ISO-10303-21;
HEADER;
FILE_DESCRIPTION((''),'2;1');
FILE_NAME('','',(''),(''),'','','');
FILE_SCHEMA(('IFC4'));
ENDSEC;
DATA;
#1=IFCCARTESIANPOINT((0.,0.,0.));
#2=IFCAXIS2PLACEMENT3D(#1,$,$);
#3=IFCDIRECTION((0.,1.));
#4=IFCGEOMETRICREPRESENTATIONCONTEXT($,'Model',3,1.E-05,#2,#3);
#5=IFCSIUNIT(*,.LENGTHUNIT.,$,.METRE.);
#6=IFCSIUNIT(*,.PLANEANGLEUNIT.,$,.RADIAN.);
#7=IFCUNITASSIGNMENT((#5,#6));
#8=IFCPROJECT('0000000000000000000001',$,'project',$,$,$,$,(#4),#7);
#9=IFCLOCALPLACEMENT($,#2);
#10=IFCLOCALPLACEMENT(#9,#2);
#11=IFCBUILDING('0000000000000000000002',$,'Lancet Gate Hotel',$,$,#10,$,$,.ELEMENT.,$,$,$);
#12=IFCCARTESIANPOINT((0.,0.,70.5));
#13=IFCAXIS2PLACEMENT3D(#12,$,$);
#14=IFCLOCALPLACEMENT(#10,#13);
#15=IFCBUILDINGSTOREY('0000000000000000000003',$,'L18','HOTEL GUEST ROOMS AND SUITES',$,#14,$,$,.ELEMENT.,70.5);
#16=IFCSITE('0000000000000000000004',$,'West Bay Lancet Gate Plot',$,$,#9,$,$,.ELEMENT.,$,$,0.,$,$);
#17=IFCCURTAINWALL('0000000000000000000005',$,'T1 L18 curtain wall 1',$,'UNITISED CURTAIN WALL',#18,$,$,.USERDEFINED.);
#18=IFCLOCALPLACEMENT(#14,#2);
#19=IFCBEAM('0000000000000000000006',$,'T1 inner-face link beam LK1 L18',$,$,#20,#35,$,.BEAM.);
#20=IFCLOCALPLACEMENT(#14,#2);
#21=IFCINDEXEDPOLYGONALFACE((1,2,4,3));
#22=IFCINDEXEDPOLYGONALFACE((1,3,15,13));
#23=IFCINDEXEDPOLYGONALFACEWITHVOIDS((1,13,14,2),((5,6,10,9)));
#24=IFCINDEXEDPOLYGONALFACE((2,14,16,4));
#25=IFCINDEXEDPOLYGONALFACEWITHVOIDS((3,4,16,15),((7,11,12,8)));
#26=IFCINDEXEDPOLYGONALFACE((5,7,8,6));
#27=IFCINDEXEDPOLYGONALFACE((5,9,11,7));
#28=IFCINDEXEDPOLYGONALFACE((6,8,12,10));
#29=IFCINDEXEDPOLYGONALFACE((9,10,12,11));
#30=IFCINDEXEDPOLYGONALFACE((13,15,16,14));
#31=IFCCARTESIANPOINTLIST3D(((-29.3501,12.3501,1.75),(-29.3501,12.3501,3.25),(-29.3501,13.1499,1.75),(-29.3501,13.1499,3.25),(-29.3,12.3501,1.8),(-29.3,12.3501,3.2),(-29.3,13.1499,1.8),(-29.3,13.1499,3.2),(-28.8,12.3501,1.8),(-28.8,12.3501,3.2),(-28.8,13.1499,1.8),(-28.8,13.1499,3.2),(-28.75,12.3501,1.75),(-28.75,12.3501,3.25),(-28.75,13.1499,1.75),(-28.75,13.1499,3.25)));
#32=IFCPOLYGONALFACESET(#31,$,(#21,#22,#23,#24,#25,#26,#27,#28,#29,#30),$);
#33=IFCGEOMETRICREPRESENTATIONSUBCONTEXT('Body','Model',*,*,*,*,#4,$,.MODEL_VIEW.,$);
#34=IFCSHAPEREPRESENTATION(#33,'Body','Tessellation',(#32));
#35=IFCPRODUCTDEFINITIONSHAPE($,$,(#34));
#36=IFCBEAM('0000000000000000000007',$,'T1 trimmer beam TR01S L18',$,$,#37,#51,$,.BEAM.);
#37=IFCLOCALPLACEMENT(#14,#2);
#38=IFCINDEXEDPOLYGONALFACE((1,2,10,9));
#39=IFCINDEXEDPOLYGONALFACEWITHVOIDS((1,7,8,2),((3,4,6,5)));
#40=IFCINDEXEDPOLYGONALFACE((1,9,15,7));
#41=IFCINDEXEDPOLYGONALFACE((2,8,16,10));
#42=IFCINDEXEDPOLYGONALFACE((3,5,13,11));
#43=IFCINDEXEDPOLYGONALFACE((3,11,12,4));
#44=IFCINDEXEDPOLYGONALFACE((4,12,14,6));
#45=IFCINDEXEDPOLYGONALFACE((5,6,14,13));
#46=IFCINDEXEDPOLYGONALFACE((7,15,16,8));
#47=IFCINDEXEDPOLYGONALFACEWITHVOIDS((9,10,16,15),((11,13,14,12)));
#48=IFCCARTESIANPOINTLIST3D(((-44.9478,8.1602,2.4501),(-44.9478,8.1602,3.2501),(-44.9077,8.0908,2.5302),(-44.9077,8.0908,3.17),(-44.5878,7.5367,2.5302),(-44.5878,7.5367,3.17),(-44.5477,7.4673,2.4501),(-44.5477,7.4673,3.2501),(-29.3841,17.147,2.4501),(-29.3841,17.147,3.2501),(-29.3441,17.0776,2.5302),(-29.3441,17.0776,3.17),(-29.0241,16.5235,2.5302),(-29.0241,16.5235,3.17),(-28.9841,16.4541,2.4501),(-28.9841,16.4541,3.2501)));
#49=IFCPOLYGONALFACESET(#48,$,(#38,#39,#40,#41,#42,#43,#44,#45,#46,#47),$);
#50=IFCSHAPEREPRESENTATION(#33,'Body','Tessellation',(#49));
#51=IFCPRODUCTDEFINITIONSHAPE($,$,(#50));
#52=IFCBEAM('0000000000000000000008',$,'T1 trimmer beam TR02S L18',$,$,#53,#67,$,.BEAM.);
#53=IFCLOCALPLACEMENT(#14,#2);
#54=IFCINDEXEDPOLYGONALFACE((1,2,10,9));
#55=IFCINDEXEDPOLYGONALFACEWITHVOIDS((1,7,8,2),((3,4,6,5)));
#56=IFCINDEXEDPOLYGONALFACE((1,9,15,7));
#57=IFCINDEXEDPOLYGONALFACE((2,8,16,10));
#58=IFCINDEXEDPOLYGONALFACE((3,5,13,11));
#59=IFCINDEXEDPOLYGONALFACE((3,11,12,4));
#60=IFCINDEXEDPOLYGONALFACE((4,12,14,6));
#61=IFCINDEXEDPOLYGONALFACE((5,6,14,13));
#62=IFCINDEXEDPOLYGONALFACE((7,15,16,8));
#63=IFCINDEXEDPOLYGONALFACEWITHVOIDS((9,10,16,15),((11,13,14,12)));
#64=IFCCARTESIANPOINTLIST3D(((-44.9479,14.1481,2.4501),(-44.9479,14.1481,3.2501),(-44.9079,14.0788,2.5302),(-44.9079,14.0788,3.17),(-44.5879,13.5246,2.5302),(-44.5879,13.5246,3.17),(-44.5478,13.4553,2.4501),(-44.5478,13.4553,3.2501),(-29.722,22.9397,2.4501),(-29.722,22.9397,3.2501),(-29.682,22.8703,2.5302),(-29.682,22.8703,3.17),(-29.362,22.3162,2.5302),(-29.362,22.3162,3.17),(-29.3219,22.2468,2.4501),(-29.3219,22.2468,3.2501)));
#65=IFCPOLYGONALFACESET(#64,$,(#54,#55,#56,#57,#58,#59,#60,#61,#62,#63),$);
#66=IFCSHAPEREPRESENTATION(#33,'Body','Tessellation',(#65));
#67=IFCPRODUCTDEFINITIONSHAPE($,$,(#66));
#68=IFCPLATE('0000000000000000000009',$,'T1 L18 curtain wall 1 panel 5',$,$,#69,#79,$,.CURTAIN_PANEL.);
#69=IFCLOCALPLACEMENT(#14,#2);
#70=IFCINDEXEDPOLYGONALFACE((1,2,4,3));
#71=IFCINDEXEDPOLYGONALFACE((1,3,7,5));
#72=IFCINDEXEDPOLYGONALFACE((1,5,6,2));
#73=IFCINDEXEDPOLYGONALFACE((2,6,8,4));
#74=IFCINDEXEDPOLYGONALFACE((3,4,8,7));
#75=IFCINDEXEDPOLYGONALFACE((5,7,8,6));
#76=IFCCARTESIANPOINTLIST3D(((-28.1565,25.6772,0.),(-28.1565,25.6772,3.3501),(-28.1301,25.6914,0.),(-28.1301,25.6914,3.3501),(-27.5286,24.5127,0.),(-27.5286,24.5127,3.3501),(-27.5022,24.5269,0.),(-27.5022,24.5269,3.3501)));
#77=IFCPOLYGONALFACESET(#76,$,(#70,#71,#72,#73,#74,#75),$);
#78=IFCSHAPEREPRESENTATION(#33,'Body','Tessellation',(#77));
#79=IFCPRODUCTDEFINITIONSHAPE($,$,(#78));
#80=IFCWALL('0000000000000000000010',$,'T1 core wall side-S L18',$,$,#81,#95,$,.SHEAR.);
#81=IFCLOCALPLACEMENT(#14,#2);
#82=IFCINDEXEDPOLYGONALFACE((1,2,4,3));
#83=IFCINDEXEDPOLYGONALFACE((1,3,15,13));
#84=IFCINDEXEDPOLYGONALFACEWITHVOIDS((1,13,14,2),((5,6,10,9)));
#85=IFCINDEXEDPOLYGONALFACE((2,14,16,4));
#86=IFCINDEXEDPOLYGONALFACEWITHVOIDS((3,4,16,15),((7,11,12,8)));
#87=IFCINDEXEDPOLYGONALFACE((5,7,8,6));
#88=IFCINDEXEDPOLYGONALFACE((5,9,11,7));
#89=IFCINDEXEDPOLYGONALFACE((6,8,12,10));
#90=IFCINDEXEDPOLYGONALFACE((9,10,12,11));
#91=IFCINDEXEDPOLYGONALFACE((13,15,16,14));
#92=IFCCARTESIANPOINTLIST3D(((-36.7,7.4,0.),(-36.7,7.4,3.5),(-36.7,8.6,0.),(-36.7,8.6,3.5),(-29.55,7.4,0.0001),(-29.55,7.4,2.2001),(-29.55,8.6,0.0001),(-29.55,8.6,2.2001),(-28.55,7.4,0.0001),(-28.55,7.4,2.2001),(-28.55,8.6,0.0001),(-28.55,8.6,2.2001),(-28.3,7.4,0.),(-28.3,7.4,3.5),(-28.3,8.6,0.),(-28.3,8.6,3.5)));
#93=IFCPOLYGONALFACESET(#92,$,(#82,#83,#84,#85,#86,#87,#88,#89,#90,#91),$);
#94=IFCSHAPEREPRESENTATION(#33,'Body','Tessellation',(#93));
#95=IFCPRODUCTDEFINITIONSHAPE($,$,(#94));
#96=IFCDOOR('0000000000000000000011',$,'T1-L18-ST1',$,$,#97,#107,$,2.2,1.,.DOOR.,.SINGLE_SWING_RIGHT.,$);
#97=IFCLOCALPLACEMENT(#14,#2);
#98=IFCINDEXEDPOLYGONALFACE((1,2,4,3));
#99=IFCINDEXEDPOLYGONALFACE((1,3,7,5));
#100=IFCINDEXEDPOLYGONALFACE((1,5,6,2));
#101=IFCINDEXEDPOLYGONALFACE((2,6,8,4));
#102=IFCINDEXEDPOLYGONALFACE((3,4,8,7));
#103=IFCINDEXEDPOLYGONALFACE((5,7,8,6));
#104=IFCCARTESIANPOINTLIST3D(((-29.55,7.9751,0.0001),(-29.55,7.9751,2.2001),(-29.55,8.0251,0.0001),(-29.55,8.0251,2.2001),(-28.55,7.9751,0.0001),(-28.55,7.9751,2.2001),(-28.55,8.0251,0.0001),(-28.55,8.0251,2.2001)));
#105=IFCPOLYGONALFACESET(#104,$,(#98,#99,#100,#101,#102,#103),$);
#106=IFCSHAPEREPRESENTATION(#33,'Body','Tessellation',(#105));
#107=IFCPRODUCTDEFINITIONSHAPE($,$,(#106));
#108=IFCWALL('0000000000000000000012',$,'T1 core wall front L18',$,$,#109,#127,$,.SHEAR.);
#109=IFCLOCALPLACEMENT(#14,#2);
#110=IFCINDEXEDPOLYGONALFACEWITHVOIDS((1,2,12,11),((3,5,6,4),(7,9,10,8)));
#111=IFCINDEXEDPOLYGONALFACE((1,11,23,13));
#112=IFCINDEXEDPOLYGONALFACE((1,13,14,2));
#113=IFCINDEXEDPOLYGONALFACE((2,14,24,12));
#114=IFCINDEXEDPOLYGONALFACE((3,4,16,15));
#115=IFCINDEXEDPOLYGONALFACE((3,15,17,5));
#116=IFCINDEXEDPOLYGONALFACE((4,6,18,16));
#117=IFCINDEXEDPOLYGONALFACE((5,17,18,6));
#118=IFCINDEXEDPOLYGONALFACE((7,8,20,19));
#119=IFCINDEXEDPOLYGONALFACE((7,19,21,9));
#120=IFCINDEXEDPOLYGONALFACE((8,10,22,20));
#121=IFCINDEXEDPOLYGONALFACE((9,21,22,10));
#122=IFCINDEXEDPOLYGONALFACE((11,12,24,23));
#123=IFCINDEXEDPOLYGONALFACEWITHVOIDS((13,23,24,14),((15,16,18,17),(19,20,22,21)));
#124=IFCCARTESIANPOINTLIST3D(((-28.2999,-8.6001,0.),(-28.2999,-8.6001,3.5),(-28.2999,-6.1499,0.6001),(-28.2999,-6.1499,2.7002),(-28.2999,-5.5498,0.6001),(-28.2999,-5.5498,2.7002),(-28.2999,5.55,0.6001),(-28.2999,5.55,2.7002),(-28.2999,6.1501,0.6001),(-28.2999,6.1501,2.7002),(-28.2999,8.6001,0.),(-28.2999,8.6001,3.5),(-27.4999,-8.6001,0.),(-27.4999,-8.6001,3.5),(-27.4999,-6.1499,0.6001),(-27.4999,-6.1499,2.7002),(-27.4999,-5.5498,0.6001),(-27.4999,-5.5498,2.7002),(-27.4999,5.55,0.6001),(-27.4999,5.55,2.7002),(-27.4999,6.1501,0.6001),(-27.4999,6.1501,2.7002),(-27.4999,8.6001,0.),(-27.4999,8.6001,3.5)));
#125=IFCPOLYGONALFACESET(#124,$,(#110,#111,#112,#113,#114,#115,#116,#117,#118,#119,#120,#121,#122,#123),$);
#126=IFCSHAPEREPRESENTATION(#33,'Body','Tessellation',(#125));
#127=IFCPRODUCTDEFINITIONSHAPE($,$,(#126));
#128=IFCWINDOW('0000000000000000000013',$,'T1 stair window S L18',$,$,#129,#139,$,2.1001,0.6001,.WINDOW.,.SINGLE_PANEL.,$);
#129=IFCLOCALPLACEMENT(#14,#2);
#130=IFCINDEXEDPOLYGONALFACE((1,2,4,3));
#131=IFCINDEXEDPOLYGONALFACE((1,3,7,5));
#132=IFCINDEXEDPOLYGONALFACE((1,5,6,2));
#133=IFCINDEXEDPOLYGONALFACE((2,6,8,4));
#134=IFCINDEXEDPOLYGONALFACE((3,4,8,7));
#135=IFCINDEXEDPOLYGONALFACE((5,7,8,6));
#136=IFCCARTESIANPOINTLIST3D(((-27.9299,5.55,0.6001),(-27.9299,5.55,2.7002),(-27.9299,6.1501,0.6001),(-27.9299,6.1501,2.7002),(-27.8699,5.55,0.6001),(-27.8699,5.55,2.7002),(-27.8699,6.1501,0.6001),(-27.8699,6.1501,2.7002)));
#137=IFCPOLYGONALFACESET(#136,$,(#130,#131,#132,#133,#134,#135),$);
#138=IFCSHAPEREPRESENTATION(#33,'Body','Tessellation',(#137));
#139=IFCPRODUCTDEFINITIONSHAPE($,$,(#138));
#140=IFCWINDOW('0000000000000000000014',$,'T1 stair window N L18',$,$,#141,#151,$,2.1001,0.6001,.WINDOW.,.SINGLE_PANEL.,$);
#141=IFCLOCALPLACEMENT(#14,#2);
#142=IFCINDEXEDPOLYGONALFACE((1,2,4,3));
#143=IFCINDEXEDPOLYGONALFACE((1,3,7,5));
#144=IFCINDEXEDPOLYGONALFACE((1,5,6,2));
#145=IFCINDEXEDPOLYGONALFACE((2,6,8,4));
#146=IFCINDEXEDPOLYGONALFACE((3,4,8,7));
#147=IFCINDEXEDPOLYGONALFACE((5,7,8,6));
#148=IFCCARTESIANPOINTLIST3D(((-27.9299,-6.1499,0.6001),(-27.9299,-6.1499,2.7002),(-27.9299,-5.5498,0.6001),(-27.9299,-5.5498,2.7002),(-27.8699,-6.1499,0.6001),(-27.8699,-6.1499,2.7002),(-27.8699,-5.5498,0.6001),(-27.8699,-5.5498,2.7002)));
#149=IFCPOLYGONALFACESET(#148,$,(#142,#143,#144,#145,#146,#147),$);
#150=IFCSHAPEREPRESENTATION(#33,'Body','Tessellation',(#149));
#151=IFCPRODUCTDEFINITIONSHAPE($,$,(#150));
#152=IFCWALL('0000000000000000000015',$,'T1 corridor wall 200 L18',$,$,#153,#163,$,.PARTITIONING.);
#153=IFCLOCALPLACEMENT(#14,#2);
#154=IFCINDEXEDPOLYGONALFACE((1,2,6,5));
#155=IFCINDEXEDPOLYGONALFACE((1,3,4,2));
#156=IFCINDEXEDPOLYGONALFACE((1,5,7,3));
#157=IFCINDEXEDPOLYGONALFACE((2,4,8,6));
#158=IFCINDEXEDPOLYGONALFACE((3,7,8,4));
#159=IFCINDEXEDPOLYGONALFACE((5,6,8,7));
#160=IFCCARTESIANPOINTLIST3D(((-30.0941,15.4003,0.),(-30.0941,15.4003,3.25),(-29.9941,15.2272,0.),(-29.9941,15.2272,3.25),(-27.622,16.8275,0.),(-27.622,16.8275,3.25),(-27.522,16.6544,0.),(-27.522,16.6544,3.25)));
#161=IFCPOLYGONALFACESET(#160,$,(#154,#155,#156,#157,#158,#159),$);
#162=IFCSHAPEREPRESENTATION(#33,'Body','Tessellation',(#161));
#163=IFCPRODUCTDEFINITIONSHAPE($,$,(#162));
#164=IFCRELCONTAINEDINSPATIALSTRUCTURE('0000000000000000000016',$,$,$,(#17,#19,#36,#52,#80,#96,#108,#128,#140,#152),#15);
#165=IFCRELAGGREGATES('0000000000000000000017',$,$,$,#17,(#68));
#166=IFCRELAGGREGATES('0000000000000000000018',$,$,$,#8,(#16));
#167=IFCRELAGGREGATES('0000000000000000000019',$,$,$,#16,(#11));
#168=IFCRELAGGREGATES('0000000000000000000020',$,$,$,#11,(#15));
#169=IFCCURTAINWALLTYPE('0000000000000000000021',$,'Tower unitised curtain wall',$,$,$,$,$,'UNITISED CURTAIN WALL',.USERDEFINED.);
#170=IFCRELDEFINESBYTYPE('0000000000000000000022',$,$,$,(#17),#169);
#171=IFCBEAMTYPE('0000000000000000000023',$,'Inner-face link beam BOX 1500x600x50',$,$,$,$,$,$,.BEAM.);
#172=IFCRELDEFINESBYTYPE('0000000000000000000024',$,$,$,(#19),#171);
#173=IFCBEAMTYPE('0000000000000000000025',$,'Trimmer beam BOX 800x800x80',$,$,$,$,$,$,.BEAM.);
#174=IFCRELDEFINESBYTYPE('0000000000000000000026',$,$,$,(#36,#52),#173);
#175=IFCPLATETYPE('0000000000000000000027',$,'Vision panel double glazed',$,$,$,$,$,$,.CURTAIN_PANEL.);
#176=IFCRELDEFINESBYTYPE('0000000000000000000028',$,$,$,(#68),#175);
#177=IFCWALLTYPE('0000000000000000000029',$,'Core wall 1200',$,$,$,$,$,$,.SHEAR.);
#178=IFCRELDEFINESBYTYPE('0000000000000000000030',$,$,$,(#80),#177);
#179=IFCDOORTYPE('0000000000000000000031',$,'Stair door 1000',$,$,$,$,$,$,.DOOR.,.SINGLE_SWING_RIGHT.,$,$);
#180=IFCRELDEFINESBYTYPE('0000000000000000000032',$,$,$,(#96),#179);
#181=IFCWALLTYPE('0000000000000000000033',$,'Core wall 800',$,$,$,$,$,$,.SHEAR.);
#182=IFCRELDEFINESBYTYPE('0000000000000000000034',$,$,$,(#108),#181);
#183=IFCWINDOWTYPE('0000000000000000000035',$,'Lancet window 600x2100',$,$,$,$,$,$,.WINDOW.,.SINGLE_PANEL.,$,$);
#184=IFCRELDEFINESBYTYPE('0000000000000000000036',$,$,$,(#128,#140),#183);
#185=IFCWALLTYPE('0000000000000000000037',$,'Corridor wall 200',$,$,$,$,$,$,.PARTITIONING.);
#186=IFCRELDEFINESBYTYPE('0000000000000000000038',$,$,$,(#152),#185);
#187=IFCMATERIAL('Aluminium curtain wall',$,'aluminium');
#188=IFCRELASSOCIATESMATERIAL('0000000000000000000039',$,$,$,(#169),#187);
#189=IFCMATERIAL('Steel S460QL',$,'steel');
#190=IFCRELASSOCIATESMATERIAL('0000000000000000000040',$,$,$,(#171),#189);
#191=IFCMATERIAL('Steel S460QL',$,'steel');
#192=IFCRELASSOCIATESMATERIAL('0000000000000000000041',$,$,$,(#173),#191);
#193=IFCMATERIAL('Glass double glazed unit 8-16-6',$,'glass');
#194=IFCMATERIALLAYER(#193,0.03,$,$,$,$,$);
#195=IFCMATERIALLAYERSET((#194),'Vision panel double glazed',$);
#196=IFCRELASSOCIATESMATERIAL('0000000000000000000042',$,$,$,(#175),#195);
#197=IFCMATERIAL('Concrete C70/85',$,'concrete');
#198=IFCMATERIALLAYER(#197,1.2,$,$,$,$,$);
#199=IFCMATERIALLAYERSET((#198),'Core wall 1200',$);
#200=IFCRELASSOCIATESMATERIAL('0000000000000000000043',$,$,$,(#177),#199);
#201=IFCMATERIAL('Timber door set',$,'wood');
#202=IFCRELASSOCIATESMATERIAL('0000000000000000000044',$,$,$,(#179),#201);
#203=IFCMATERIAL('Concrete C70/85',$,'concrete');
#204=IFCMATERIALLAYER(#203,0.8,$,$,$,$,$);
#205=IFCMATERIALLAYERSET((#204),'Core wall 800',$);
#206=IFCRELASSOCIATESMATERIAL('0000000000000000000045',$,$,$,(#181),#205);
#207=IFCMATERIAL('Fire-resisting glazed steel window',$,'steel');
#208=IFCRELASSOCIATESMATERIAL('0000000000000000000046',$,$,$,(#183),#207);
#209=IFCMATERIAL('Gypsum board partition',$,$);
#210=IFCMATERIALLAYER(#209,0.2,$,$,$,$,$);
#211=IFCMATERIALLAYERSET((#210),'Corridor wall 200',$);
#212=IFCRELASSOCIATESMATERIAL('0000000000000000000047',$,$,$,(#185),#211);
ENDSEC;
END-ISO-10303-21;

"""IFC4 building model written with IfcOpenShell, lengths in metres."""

from ifc_helpers import new_model, si_unit, direction, frame, frame_2d, origin, origin_2d, place, context, subcontext, project, spatial, rectangle, hollow_rectangle, extrude, material, layer, layer_set, material_profile, profile_set, type_object, element, fill, aggregate, save


model = new_model("IFC4")

# Units and contexts
model_context = context("Model", 3, precision=1e-05, world=origin(), true_north=direction((0.0, 1.0)))
body_context = subcontext(model_context, "Body", "Model", "MODEL_VIEW")
ifc_project = project(units=[si_unit("LENGTHUNIT", "METRE"), si_unit("PLANEANGLEUNIT", "RADIAN")], contexts=[model_context])

# Site, building, storey
site_placement = place(None, origin())
site = spatial("IfcSite", under=ifc_project, at=site_placement, Name="West Bay Lancet Gate Plot", CompositionType="ELEMENT", RefElevation=0.0)
building_placement = place(site_placement, origin())
building = spatial("IfcBuilding", under=site, at=building_placement, Name="Lancet Gate Hotel", CompositionType="ELEMENT")
storey_placement = place(building_placement, frame((0.0, 0.0, 70.5)))
storey = spatial("IfcBuildingStorey", under=building, at=storey_placement, Name="L18", Description="HOTEL GUEST ROOMS AND SUITES", CompositionType="ELEMENT", Elevation=70.5)

# Curtain wall
ifc_material_1 = material(Name="Aluminium curtain wall", Category="aluminium")
curtain_wall_type = type_object("IfcCurtainWallType", Name="Tower unitised curtain wall", ElementType="UNITISED CURTAIN WALL", PredefinedType="USERDEFINED", material=ifc_material_1)
curtain_wall_placement = place(storey_placement, origin())
curtain_wall = element("IfcCurtainWall", 1, at=curtain_wall_placement, inside=storey, type_object=curtain_wall_type, Name="T1 L18 curtain wall 1", ObjectType="UNITISED CURTAIN WALL", PredefinedType="USERDEFINED")

# Beams
ifc_material_2 = material(Name="Steel S460QL", Category="steel")
ifc_material_profile_1 = material_profile(ifc_material_2, hollow_rectangle(XDim=0.6001, YDim=1.5, WallThickness=0.05, at=origin_2d()), Name="BOX 1500x600x50")
ifc_profile_set_1 = profile_set([ifc_material_profile_1], Name="Steel S460QL")
beam_type_1 = type_object("IfcBeamType", Name="Inner-face link beam BOX 1500x600x50", PredefinedType="BEAM", material=ifc_profile_set_1)
beam_1_placement = place(storey_placement, frame((-29.05, 13.1499, 2.5), z_axis=(0.0, -1.0, 0.0), x_axis=(1.0, 0.0, 0.0)))
element("IfcBeam", 2, at=beam_1_placement, inside=storey, type_object=beam_type_1, Name="T1 inner-face link beam LK1 L18", PredefinedType="BEAM", context=body_context, shape_type="SweptSolid", body=[
    extrude(hollow_rectangle(XDim=0.6001, YDim=1.5, WallThickness=0.05, at=origin_2d()), origin(), (0.0, 0.0, 1.0), 0.7998),
])
ifc_material_3 = material(Name="Steel S460QL", Category="steel")
ifc_material_profile_2 = material_profile(ifc_material_3, hollow_rectangle(XDim=0.8, YDim=0.8, WallThickness=0.0801, at=origin_2d()), Name="BOX 800x800x80")
ifc_profile_set_2 = profile_set([ifc_material_profile_2], Name="Steel S460QL")
beam_type_2 = type_object("IfcBeamType", Name="Trimmer beam BOX 800x800x80", PredefinedType="BEAM", material=ifc_profile_set_2)
beam_2_placement = place(storey_placement, frame((-29.1841, 16.8005, 2.8501), z_axis=(-0.865999, -0.500046, 0.0), x_axis=(0.500046, -0.865999, 0.0)))
element("IfcBeam", 3, at=beam_2_placement, inside=storey, type_object=beam_type_2, Name="T1 trimmer beam TR01S L18", PredefinedType="BEAM", context=body_context, shape_type="SweptSolid", body=[
    extrude(hollow_rectangle(XDim=0.8, YDim=0.8, WallThickness=0.0801, at=origin_2d()), origin(), (0.0, 0.0, 1.0), 17.9719),
])
beam_3_placement = place(storey_placement, frame((-29.522, 22.5933, 2.8501), z_axis=(-0.866004, -0.500037, 0.0), x_axis=(0.500037, -0.866004, 0.0)))
element("IfcBeam", 4, at=beam_3_placement, inside=storey, type_object=beam_type_2, Name="T1 trimmer beam TR02S L18", PredefinedType="BEAM", context=body_context, shape_type="SweptSolid", body=[
    extrude(hollow_rectangle(XDim=0.8, YDim=0.8, WallThickness=0.0801, at=origin_2d()), origin(), (0.0, 0.0, 1.0), 17.5818),
])

# Plate
ifc_material_4 = material(Name="Glass double glazed unit 8-16-6", Category="glass")
ifc_layer_1 = layer(ifc_material_4, 0.03)
ifc_layer_set_1 = layer_set([ifc_layer_1], Name="Vision panel double glazed")
plate_type = type_object("IfcPlateType", Name="Vision panel double glazed", PredefinedType="CURTAIN_PANEL", material=ifc_layer_set_1)
plate_placement = place(storey_placement, frame((-27.8293, 25.1021, 0.0), z_axis=(0.0, 0.0, 1.0), x_axis=(-0.474631, 0.880185, 0.0)))
plate = element("IfcPlate", 5, at=plate_placement, type_object=plate_type, Name="T1 L18 curtain wall 1 panel 5", PredefinedType="CURTAIN_PANEL", context=body_context, shape_type="SweptSolid", body=[
    extrude(rectangle(XDim=1.323, YDim=0.03, at=origin_2d()), origin(), (0.0, 0.0, 1.0), 3.3501),
])
aggregate(curtain_wall, [plate])

# Wall, opening, door
ifc_material_5 = material(Name="Concrete C70/85", Category="concrete")
ifc_layer_2 = layer(ifc_material_5, 1.2)
ifc_layer_set_2 = layer_set([ifc_layer_2], Name="Core wall 1200")
wall_type_1 = type_object("IfcWallType", Name="Core wall 1200", PredefinedType="SHEAR", material=ifc_layer_set_2)
wall_1_placement = place(storey_placement, frame((-28.3, 8.0, 0.0), z_axis=(0.0, 0.0, 1.0), x_axis=(-1.0, 0.0, 0.0)))
wall_1 = element("IfcWall", 6, at=wall_1_placement, inside=storey, type_object=wall_type_1, Name="T1 core wall side-S L18", PredefinedType="SHEAR", context=body_context, shape_type="SweptSolid", body=[
    extrude(rectangle(XDim=8.3999, YDim=1.2, at=frame_2d((4.2, 0.0))), origin(), (0.0, 0.0, 1.0), 3.5),
])
opening_1_placement = place(wall_1_placement, frame((0.25, 0.0, 0.0)))
opening_1 = element("IfcOpeningElement", 7, at=opening_1_placement, cuts=wall_1, PredefinedType="OPENING", context=body_context, shape_type="SweptSolid", body=[
    extrude(rectangle(XDim=1.0, YDim=2.2, at=frame_2d((0.5, 1.1001))), frame((0.0, 0.6099, 0.0), z_axis=(0.0, -1.0, 0.0), x_axis=(1.0, 0.0, 0.0)), (0.0, 0.0, 1.0), 1.22),
])
ifc_material_6 = material(Name="Timber door set", Category="wood")
door_type = type_object("IfcDoorType", Name="Stair door 1000", OperationType="SINGLE_SWING_RIGHT", PredefinedType="DOOR", material=ifc_material_6)
door_placement = place(opening_1_placement, origin())
door = element("IfcDoor", 8, at=door_placement, inside=storey, type_object=door_type, Name="T1-L18-ST1", OperationType="SINGLE_SWING_RIGHT", OverallHeight=2.2, OverallWidth=1.0, PredefinedType="DOOR", context=body_context, shape_type="SweptSolid", body=[
    extrude(rectangle(XDim=1.0, YDim=2.2, at=frame_2d((0.5, 1.1001))), frame((0.0, 0.0249, 0.0), z_axis=(0.0, -1.0, 0.0), x_axis=(1.0, 0.0, 0.0)), (0.0, 0.0, 1.0), 0.05),
])
fill(opening_1, door)

# Wall, openings, windows
ifc_material_7 = material(Name="Concrete C70/85", Category="concrete")
ifc_layer_3 = layer(ifc_material_7, 0.8)
ifc_layer_set_3 = layer_set([ifc_layer_3], Name="Core wall 800")
wall_type_2 = type_object("IfcWallType", Name="Core wall 800", PredefinedType="SHEAR", material=ifc_layer_set_3)
wall_2_placement = place(storey_placement, frame((-27.8999, 8.6001, 0.0), z_axis=(0.0, 0.0, 1.0), x_axis=(0.0, -1.0, 0.0)))
wall_2 = element("IfcWall", 9, at=wall_2_placement, inside=storey, type_object=wall_type_2, Name="T1 core wall front L18", PredefinedType="SHEAR", context=body_context, shape_type="SweptSolid", body=[
    extrude(rectangle(XDim=17.2002, YDim=0.8, at=frame_2d((8.6001, 0.0))), origin(), (0.0, 0.0, 1.0), 3.5),
])
opening_2_placement = place(wall_2_placement, frame((2.45, 0.0, 0.6001)))
opening_2 = element("IfcOpeningElement", 10, at=opening_2_placement, cuts=wall_2, PredefinedType="OPENING", context=body_context, shape_type="SweptSolid", body=[
    extrude(rectangle(XDim=0.6001, YDim=2.1001, at=frame_2d((0.3, 1.05))), frame((0.0, 0.4099, 0.0), z_axis=(0.0, -1.0, 0.0), x_axis=(1.0, 0.0, 0.0)), (0.0, 0.0, 1.0), 0.8201),
])
opening_3_placement = place(wall_2_placement, frame((14.1499, 0.0, 0.6001)))
opening_3 = element("IfcOpeningElement", 11, at=opening_3_placement, cuts=wall_2, PredefinedType="OPENING", context=body_context, shape_type="SweptSolid", body=[
    extrude(rectangle(XDim=0.6001, YDim=2.1001, at=frame_2d((0.3, 1.05))), frame((0.0, 0.4099, 0.0), z_axis=(0.0, -1.0, 0.0), x_axis=(1.0, 0.0, 0.0)), (0.0, 0.0, 1.0), 0.8201),
])
ifc_material_8 = material(Name="Fire-resisting glazed steel window", Category="steel")
window_type = type_object("IfcWindowType", Name="Lancet window 600x2100", PartitioningType="SINGLE_PANEL", PredefinedType="WINDOW", material=ifc_material_8)
window_1_placement = place(opening_2_placement, origin())
window_1 = element("IfcWindow", 12, at=window_1_placement, inside=storey, type_object=window_type, Name="T1 stair window S L18", OverallHeight=2.1001, OverallWidth=0.6001, PartitioningType="SINGLE_PANEL", PredefinedType="WINDOW", context=body_context, shape_type="SweptSolid", body=[
    extrude(rectangle(XDim=0.6001, YDim=2.1001, at=frame_2d((0.3, 1.05))), frame((0.0, 0.03, 0.0), z_axis=(0.0, -1.0, 0.0), x_axis=(1.0, 0.0, 0.0)), (0.0, 0.0, 1.0), 0.0601),
])
fill(opening_2, window_1)
window_2_placement = place(opening_3_placement, origin())
window_2 = element("IfcWindow", 13, at=window_2_placement, inside=storey, type_object=window_type, Name="T1 stair window N L18", OverallHeight=2.1001, OverallWidth=0.6001, PartitioningType="SINGLE_PANEL", PredefinedType="WINDOW", context=body_context, shape_type="SweptSolid", body=[
    extrude(rectangle(XDim=0.6001, YDim=2.1001, at=frame_2d((0.3, 1.05))), frame((0.0, 0.03, 0.0), z_axis=(0.0, -1.0, 0.0), x_axis=(1.0, 0.0, 0.0)), (0.0, 0.0, 1.0), 0.0601),
])
fill(opening_3, window_2)

# Wall
ifc_material_9 = material(Name="Gypsum board partition")
ifc_layer_4 = layer(ifc_material_9, 0.2)
ifc_layer_set_4 = layer_set([ifc_layer_4], Name="Corridor wall 200")
wall_type_3 = type_object("IfcWallType", Name="Corridor wall 200", PredefinedType="PARTITIONING", material=ifc_layer_set_4)
wall_3_placement = place(storey_placement, frame((-27.572, 16.741, 0.0), z_axis=(0.0, 0.0, 1.0), x_axis=(-0.866035, -0.499984, 0.0)))
element("IfcWall", 14, at=wall_3_placement, inside=storey, type_object=wall_type_3, Name="T1 corridor wall 200 L18", PredefinedType="PARTITIONING", context=body_context, shape_type="SweptSolid", body=[
    extrude(rectangle(XDim=2.8545, YDim=0.2, at=frame_2d((1.4272, 0.0))), origin(), (0.0, 0.0, 1.0), 3.25),
])

save(model, "model.ifc")
